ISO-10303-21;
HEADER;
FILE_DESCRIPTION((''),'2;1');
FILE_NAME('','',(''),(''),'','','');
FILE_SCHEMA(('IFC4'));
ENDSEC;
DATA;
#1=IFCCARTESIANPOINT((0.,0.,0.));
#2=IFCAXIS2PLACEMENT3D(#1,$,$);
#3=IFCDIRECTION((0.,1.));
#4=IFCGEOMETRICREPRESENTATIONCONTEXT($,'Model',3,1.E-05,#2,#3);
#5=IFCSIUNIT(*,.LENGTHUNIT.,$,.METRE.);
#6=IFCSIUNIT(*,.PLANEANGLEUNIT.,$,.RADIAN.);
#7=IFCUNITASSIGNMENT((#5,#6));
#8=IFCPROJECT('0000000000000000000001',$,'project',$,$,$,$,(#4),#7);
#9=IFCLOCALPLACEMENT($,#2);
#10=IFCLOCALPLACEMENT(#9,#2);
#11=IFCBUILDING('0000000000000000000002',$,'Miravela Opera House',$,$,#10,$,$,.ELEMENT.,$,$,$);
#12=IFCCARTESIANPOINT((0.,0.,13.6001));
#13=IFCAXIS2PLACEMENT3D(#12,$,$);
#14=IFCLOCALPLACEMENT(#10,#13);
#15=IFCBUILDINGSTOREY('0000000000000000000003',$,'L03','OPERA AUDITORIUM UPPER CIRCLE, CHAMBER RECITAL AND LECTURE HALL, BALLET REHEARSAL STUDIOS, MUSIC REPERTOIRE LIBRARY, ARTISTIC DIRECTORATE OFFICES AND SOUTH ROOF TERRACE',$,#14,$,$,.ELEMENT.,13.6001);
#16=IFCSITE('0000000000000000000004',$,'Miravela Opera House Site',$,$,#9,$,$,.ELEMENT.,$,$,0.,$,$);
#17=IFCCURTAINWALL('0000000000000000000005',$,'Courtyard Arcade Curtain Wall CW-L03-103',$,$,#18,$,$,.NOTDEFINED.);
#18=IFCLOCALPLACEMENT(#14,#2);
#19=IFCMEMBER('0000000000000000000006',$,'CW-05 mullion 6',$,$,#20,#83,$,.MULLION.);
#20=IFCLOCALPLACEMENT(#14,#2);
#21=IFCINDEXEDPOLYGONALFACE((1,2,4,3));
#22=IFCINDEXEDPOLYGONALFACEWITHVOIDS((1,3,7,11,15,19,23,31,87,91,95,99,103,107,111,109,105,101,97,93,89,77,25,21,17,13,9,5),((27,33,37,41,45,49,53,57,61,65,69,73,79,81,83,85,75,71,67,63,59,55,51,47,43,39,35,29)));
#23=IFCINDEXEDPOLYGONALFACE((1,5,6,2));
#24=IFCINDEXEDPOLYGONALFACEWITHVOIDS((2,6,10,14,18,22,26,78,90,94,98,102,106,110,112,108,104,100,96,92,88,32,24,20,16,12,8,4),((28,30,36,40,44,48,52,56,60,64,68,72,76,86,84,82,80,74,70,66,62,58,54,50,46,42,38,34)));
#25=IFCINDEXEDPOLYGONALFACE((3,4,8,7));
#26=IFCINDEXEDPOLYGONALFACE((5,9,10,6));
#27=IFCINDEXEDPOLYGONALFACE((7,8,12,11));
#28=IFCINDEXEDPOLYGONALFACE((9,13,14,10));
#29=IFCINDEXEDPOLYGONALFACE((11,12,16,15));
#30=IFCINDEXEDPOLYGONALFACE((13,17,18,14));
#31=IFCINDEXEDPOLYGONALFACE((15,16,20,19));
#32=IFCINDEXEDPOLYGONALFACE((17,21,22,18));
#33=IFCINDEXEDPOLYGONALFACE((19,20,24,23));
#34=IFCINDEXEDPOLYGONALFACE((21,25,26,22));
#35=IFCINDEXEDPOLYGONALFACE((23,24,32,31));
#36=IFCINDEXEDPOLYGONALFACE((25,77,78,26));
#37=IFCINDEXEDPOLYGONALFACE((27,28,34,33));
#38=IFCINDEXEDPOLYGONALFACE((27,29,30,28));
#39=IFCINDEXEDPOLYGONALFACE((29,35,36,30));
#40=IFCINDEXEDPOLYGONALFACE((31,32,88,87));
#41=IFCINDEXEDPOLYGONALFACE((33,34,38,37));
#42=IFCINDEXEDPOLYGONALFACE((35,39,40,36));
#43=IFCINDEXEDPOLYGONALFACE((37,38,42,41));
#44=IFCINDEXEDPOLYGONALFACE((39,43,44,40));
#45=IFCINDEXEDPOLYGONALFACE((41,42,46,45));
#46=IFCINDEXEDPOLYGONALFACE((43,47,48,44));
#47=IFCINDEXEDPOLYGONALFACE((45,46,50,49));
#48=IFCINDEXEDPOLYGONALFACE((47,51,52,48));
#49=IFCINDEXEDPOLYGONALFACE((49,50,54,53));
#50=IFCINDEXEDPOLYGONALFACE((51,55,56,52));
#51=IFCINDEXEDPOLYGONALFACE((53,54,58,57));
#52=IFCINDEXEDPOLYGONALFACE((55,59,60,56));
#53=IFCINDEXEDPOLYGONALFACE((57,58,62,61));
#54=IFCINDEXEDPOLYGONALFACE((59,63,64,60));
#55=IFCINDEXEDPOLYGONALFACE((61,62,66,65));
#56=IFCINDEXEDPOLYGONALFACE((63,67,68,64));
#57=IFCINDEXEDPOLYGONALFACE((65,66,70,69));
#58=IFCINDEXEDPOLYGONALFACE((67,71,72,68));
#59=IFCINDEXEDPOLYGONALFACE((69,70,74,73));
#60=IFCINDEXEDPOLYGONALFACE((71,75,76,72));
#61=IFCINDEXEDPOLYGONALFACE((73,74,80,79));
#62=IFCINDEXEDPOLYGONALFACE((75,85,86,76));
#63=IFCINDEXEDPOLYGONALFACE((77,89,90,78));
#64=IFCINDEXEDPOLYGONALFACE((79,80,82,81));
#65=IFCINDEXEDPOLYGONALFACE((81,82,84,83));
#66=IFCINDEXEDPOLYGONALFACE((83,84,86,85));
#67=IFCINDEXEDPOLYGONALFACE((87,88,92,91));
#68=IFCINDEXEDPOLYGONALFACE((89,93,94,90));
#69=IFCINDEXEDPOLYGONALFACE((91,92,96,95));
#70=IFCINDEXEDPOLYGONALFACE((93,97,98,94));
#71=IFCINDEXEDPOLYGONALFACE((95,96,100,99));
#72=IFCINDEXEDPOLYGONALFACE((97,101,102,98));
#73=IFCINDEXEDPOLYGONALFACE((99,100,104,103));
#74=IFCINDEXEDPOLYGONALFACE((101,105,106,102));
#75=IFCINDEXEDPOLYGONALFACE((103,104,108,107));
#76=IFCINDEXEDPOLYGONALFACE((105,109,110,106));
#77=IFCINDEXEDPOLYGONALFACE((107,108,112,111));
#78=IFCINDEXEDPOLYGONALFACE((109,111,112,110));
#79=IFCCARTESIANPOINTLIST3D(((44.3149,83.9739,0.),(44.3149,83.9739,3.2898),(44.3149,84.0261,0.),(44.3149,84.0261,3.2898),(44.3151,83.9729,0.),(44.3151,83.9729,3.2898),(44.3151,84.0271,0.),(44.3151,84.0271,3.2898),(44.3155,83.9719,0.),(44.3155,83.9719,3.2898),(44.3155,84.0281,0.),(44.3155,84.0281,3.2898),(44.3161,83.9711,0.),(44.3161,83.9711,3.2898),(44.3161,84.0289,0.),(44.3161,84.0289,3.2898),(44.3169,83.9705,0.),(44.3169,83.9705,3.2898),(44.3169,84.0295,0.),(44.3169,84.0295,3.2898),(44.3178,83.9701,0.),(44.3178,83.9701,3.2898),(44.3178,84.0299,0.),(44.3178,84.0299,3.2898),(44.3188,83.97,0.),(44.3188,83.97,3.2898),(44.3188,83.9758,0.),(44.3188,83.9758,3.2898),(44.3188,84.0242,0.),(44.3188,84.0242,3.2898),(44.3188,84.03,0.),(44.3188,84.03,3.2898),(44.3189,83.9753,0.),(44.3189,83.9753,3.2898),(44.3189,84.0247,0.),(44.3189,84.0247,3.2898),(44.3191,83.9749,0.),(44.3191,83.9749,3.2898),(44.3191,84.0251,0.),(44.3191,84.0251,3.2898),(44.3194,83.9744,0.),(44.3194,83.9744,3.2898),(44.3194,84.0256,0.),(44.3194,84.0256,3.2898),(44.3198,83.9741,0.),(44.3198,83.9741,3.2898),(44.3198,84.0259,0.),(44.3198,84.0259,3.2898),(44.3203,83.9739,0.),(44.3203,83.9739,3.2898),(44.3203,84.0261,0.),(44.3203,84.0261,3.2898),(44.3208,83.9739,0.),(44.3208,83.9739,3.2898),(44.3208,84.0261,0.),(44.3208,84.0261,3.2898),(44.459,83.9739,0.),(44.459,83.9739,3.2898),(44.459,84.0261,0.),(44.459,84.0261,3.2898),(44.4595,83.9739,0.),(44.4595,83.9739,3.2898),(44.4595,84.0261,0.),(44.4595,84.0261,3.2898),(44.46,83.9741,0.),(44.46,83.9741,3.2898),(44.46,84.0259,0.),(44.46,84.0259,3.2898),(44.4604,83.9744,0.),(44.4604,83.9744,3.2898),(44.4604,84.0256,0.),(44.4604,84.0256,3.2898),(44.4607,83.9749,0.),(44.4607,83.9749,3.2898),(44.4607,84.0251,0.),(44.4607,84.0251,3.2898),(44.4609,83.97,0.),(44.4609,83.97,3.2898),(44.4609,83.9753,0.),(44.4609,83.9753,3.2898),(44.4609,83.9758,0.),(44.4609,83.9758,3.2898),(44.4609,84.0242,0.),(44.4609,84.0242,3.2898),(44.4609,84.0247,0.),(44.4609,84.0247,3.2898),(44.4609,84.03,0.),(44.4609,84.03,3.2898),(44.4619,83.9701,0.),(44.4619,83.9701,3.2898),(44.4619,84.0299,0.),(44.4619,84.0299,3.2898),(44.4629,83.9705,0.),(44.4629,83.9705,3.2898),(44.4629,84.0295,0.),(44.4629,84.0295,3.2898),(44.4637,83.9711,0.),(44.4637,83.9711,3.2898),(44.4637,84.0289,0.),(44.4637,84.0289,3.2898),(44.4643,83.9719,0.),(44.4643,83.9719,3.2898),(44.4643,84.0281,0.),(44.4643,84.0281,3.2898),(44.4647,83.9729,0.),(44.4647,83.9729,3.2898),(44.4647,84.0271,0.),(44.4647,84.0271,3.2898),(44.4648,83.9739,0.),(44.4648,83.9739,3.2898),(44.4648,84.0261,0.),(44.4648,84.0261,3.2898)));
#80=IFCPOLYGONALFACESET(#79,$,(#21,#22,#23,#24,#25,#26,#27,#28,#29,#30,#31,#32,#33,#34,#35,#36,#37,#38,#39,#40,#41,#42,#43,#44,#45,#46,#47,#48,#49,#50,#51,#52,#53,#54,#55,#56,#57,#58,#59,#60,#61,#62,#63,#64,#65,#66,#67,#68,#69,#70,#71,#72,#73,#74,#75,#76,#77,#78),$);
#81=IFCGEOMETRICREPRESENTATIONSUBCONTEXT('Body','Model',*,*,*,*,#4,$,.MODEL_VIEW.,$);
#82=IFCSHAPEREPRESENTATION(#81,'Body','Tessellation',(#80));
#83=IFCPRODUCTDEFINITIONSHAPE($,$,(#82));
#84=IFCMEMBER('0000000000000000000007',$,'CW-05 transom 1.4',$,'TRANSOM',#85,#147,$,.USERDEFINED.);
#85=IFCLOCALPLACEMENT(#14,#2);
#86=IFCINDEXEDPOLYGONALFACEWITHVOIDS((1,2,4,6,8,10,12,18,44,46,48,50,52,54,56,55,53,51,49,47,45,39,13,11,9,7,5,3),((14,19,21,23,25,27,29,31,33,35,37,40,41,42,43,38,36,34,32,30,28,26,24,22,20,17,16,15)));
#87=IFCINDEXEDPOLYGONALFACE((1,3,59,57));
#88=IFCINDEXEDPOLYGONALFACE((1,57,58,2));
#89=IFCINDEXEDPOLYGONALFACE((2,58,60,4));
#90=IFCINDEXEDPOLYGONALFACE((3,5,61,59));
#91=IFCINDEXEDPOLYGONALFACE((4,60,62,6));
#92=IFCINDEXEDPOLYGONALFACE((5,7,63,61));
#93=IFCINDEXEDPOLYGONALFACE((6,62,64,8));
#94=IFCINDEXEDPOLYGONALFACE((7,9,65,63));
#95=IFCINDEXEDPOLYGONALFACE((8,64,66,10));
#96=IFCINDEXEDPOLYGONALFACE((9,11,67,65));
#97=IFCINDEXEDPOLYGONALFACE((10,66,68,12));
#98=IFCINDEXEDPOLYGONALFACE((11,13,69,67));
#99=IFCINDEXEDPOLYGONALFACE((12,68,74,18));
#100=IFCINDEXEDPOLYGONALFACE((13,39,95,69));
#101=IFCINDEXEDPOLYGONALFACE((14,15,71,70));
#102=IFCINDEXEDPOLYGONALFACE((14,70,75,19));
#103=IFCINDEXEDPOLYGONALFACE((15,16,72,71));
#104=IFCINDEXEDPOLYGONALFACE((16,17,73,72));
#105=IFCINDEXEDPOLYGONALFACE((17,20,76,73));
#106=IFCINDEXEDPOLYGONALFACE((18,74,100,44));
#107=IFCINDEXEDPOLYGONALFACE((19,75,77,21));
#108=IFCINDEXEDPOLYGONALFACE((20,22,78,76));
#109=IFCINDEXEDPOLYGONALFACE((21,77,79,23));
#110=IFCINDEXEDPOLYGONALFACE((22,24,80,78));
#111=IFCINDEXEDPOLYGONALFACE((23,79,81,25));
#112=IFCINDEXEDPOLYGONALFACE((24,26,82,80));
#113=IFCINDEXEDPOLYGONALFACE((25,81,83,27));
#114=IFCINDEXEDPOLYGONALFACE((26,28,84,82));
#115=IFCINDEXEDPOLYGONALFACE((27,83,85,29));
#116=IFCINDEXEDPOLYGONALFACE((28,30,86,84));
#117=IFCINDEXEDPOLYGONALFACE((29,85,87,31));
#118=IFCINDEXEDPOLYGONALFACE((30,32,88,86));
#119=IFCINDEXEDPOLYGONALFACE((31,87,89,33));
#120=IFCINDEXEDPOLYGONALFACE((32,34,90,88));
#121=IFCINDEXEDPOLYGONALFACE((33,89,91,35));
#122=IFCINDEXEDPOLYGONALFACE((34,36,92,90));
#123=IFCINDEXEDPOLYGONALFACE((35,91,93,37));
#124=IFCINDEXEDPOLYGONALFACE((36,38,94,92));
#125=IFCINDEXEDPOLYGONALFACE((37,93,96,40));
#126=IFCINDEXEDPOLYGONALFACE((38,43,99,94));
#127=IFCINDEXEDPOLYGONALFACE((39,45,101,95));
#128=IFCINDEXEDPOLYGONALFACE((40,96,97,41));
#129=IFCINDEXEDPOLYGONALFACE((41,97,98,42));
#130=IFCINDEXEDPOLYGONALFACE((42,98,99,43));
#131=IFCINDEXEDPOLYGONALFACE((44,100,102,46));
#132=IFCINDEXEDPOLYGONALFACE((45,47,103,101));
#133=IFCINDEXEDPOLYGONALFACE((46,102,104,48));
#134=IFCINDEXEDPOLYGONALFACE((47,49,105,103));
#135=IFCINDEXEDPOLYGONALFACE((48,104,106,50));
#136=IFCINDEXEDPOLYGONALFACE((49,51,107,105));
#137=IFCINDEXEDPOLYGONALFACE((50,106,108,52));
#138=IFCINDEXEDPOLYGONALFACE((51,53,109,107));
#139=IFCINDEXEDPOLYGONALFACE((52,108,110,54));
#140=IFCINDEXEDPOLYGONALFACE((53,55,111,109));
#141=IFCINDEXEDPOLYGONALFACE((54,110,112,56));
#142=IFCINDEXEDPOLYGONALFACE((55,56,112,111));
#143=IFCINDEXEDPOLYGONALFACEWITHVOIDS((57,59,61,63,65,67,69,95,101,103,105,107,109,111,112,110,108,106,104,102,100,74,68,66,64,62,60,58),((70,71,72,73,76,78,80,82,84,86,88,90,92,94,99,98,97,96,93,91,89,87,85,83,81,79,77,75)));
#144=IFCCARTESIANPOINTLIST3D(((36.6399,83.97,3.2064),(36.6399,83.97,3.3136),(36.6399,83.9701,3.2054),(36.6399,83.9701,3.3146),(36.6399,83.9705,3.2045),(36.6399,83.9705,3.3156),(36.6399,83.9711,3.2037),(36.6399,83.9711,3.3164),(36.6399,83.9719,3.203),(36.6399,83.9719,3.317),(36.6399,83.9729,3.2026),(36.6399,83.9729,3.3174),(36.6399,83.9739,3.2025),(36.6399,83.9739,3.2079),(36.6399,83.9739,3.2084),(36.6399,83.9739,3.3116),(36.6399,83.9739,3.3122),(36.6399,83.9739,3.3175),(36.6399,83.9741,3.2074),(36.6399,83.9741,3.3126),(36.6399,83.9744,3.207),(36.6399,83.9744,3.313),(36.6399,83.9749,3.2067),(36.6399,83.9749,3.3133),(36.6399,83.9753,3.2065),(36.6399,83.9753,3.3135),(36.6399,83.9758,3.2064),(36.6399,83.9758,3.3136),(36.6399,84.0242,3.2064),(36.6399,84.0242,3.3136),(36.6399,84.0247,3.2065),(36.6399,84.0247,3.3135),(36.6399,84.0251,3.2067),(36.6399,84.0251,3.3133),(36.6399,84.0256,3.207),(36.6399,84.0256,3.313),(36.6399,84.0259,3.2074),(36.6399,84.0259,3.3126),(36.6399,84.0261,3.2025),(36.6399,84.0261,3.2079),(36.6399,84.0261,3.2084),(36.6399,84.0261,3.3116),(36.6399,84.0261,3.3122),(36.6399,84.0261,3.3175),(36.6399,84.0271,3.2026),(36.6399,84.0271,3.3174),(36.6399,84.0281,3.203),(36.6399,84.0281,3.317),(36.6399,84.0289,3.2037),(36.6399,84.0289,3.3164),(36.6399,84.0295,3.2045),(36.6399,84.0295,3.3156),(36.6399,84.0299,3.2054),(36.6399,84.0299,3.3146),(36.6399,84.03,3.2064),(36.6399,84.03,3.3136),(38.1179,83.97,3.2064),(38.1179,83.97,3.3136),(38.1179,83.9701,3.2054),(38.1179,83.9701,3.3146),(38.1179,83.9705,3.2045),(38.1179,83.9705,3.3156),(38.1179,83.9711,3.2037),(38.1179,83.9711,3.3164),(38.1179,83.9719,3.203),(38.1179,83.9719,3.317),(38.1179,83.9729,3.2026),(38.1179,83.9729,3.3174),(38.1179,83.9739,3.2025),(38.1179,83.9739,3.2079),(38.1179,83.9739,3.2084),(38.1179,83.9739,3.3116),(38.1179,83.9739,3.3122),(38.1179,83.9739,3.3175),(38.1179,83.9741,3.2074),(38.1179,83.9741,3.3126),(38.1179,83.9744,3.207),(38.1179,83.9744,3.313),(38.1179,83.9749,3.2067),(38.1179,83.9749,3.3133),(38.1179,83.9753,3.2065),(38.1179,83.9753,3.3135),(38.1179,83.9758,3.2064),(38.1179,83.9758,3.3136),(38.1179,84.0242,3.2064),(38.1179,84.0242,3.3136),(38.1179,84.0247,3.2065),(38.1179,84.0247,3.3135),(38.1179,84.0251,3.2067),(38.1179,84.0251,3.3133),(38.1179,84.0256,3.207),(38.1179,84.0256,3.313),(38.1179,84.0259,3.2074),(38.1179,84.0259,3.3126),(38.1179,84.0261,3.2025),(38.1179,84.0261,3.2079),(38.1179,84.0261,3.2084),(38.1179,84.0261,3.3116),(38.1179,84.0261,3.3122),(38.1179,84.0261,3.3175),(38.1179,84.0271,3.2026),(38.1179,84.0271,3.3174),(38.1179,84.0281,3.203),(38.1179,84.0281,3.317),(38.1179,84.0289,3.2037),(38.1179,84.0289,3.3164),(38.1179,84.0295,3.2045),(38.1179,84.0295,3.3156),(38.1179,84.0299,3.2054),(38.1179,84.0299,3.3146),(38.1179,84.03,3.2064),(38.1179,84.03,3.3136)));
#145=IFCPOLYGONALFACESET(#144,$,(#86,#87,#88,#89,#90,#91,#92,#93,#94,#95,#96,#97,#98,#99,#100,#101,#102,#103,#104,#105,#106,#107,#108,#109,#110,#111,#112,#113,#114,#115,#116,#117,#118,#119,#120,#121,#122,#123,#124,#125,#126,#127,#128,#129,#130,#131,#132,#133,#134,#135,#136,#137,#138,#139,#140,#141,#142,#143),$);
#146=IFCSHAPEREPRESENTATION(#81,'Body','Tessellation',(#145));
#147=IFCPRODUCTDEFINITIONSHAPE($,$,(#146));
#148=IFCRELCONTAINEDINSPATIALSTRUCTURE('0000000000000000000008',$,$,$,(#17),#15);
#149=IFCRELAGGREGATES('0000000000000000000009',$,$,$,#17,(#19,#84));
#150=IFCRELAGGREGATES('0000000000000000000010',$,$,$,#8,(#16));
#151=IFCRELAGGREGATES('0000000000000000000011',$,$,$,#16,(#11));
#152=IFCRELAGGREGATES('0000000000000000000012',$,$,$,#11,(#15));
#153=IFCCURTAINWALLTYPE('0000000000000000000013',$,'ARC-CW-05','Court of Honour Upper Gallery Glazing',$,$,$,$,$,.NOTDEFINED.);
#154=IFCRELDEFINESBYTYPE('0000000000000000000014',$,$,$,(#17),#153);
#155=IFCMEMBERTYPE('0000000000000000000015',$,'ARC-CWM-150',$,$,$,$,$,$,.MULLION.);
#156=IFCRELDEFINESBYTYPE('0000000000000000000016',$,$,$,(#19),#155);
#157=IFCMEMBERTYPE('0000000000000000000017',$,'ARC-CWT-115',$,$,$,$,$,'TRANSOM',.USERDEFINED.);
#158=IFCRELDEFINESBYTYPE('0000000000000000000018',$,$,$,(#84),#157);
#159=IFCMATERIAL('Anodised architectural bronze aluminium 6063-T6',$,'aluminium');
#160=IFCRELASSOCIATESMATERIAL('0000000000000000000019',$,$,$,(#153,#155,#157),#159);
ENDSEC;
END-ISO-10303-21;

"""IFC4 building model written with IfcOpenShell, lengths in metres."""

from ifc_helpers import new_model, si_unit, direction, frame, origin, origin_2d, place, context, subcontext, project, spatial, hollow_rectangle, extrude, material, material_profile, profile_set, type_object, element, aggregate, save


model = new_model("IFC4")

# Units and contexts
model_context = context("Model", 3, precision=1e-05, world=origin(), true_north=direction((0.0, 1.0)))
body_context = subcontext(model_context, "Body", "Model", "MODEL_VIEW")
ifc_project = project(units=[si_unit("LENGTHUNIT", "METRE"), si_unit("PLANEANGLEUNIT", "RADIAN")], contexts=[model_context])

# Site, building, storey
site_placement = place(None, origin())
site = spatial("IfcSite", under=ifc_project, at=site_placement, Name="Miravela Opera House Site", CompositionType="ELEMENT", RefElevation=0.0)
building_placement = place(site_placement, origin())
building = spatial("IfcBuilding", under=site, at=building_placement, Name="Miravela Opera House", CompositionType="ELEMENT")
storey_placement = place(building_placement, frame((0.0, 0.0, 13.6001)))
storey = spatial("IfcBuildingStorey", under=building, at=storey_placement, Name="L03", Description="OPERA AUDITORIUM UPPER CIRCLE, CHAMBER RECITAL AND LECTURE HALL, BALLET REHEARSAL STUDIOS, MUSIC REPERTOIRE LIBRARY, ARTISTIC DIRECTORATE OFFICES AND SOUTH ROOF TERRACE", CompositionType="ELEMENT", Elevation=13.6001)

# Curtain wall, members
ifc_material_1 = material(Name="Anodised architectural bronze aluminium 6063-T6", Category="aluminium")
curtain_wall_type = type_object("IfcCurtainWallType", Name="ARC-CW-05", Description="Court of Honour Upper Gallery Glazing", PredefinedType="NOTDEFINED", material=ifc_material_1)
curtain_wall_placement = place(storey_placement, origin())
curtain_wall = element("IfcCurtainWall", 1, at=curtain_wall_placement, inside=storey, type_object=curtain_wall_type, Name="Courtyard Arcade Curtain Wall CW-L03-103", PredefinedType="NOTDEFINED")
ifc_material_profile_1 = material_profile(ifc_material_1, hollow_rectangle(XDim=0.0601, YDim=0.1499, WallThickness=0.0039, InnerFilletRadius=0.002, OuterFilletRadius=0.0039, at=origin_2d()), Name="CWM-60X150")
ifc_profile_set_1 = profile_set([ifc_material_profile_1])
member_type_1 = type_object("IfcMemberType", Name="ARC-CWM-150", PredefinedType="MULLION", material=ifc_profile_set_1)
member_1_placement = place(storey_placement, frame((44.3899, 84.0, 0.0), z_axis=(0.0, 0.0, 1.0), x_axis=(0.0, 1.0, 0.0)))
member_1 = element("IfcMember", 2, at=member_1_placement, type_object=member_type_1, Name="CW-05 mullion 6", PredefinedType="MULLION", context=body_context, shape_type="SweptSolid", body=[
    extrude(hollow_rectangle(XDim=0.0601, YDim=0.1499, WallThickness=0.0039, InnerFilletRadius=0.002, OuterFilletRadius=0.0039, at=origin_2d()), origin(), (0.0, 0.0, 1.0), 3.2898),
])
ifc_material_profile_2 = material_profile(ifc_material_1, hollow_rectangle(XDim=0.0601, YDim=0.115, WallThickness=0.0039, InnerFilletRadius=0.002, OuterFilletRadius=0.0039, at=origin_2d()), Name="CWT-60X115")
ifc_profile_set_2 = profile_set([ifc_material_profile_2])
member_type_2 = type_object("IfcMemberType", Name="ARC-CWT-115", ElementType="TRANSOM", PredefinedType="USERDEFINED", material=ifc_profile_set_2)
member_2_placement = place(storey_placement, frame((36.6399, 84.0, 3.26), z_axis=(1.0, 0.0, 0.0), x_axis=(0.0, 1.0, 0.0)))
member_2 = element("IfcMember", 3, at=member_2_placement, type_object=member_type_2, Name="CW-05 transom 1.4", ObjectType="TRANSOM", PredefinedType="USERDEFINED", context=body_context, shape_type="SweptSolid", body=[
    extrude(hollow_rectangle(XDim=0.0601, YDim=0.115, WallThickness=0.0039, InnerFilletRadius=0.002, OuterFilletRadius=0.0039, at=origin_2d()), origin(), (0.0, 0.0, 1.0), 1.478),
])
aggregate(curtain_wall, [member_1, member_2])

save(model, "model.ifc")
